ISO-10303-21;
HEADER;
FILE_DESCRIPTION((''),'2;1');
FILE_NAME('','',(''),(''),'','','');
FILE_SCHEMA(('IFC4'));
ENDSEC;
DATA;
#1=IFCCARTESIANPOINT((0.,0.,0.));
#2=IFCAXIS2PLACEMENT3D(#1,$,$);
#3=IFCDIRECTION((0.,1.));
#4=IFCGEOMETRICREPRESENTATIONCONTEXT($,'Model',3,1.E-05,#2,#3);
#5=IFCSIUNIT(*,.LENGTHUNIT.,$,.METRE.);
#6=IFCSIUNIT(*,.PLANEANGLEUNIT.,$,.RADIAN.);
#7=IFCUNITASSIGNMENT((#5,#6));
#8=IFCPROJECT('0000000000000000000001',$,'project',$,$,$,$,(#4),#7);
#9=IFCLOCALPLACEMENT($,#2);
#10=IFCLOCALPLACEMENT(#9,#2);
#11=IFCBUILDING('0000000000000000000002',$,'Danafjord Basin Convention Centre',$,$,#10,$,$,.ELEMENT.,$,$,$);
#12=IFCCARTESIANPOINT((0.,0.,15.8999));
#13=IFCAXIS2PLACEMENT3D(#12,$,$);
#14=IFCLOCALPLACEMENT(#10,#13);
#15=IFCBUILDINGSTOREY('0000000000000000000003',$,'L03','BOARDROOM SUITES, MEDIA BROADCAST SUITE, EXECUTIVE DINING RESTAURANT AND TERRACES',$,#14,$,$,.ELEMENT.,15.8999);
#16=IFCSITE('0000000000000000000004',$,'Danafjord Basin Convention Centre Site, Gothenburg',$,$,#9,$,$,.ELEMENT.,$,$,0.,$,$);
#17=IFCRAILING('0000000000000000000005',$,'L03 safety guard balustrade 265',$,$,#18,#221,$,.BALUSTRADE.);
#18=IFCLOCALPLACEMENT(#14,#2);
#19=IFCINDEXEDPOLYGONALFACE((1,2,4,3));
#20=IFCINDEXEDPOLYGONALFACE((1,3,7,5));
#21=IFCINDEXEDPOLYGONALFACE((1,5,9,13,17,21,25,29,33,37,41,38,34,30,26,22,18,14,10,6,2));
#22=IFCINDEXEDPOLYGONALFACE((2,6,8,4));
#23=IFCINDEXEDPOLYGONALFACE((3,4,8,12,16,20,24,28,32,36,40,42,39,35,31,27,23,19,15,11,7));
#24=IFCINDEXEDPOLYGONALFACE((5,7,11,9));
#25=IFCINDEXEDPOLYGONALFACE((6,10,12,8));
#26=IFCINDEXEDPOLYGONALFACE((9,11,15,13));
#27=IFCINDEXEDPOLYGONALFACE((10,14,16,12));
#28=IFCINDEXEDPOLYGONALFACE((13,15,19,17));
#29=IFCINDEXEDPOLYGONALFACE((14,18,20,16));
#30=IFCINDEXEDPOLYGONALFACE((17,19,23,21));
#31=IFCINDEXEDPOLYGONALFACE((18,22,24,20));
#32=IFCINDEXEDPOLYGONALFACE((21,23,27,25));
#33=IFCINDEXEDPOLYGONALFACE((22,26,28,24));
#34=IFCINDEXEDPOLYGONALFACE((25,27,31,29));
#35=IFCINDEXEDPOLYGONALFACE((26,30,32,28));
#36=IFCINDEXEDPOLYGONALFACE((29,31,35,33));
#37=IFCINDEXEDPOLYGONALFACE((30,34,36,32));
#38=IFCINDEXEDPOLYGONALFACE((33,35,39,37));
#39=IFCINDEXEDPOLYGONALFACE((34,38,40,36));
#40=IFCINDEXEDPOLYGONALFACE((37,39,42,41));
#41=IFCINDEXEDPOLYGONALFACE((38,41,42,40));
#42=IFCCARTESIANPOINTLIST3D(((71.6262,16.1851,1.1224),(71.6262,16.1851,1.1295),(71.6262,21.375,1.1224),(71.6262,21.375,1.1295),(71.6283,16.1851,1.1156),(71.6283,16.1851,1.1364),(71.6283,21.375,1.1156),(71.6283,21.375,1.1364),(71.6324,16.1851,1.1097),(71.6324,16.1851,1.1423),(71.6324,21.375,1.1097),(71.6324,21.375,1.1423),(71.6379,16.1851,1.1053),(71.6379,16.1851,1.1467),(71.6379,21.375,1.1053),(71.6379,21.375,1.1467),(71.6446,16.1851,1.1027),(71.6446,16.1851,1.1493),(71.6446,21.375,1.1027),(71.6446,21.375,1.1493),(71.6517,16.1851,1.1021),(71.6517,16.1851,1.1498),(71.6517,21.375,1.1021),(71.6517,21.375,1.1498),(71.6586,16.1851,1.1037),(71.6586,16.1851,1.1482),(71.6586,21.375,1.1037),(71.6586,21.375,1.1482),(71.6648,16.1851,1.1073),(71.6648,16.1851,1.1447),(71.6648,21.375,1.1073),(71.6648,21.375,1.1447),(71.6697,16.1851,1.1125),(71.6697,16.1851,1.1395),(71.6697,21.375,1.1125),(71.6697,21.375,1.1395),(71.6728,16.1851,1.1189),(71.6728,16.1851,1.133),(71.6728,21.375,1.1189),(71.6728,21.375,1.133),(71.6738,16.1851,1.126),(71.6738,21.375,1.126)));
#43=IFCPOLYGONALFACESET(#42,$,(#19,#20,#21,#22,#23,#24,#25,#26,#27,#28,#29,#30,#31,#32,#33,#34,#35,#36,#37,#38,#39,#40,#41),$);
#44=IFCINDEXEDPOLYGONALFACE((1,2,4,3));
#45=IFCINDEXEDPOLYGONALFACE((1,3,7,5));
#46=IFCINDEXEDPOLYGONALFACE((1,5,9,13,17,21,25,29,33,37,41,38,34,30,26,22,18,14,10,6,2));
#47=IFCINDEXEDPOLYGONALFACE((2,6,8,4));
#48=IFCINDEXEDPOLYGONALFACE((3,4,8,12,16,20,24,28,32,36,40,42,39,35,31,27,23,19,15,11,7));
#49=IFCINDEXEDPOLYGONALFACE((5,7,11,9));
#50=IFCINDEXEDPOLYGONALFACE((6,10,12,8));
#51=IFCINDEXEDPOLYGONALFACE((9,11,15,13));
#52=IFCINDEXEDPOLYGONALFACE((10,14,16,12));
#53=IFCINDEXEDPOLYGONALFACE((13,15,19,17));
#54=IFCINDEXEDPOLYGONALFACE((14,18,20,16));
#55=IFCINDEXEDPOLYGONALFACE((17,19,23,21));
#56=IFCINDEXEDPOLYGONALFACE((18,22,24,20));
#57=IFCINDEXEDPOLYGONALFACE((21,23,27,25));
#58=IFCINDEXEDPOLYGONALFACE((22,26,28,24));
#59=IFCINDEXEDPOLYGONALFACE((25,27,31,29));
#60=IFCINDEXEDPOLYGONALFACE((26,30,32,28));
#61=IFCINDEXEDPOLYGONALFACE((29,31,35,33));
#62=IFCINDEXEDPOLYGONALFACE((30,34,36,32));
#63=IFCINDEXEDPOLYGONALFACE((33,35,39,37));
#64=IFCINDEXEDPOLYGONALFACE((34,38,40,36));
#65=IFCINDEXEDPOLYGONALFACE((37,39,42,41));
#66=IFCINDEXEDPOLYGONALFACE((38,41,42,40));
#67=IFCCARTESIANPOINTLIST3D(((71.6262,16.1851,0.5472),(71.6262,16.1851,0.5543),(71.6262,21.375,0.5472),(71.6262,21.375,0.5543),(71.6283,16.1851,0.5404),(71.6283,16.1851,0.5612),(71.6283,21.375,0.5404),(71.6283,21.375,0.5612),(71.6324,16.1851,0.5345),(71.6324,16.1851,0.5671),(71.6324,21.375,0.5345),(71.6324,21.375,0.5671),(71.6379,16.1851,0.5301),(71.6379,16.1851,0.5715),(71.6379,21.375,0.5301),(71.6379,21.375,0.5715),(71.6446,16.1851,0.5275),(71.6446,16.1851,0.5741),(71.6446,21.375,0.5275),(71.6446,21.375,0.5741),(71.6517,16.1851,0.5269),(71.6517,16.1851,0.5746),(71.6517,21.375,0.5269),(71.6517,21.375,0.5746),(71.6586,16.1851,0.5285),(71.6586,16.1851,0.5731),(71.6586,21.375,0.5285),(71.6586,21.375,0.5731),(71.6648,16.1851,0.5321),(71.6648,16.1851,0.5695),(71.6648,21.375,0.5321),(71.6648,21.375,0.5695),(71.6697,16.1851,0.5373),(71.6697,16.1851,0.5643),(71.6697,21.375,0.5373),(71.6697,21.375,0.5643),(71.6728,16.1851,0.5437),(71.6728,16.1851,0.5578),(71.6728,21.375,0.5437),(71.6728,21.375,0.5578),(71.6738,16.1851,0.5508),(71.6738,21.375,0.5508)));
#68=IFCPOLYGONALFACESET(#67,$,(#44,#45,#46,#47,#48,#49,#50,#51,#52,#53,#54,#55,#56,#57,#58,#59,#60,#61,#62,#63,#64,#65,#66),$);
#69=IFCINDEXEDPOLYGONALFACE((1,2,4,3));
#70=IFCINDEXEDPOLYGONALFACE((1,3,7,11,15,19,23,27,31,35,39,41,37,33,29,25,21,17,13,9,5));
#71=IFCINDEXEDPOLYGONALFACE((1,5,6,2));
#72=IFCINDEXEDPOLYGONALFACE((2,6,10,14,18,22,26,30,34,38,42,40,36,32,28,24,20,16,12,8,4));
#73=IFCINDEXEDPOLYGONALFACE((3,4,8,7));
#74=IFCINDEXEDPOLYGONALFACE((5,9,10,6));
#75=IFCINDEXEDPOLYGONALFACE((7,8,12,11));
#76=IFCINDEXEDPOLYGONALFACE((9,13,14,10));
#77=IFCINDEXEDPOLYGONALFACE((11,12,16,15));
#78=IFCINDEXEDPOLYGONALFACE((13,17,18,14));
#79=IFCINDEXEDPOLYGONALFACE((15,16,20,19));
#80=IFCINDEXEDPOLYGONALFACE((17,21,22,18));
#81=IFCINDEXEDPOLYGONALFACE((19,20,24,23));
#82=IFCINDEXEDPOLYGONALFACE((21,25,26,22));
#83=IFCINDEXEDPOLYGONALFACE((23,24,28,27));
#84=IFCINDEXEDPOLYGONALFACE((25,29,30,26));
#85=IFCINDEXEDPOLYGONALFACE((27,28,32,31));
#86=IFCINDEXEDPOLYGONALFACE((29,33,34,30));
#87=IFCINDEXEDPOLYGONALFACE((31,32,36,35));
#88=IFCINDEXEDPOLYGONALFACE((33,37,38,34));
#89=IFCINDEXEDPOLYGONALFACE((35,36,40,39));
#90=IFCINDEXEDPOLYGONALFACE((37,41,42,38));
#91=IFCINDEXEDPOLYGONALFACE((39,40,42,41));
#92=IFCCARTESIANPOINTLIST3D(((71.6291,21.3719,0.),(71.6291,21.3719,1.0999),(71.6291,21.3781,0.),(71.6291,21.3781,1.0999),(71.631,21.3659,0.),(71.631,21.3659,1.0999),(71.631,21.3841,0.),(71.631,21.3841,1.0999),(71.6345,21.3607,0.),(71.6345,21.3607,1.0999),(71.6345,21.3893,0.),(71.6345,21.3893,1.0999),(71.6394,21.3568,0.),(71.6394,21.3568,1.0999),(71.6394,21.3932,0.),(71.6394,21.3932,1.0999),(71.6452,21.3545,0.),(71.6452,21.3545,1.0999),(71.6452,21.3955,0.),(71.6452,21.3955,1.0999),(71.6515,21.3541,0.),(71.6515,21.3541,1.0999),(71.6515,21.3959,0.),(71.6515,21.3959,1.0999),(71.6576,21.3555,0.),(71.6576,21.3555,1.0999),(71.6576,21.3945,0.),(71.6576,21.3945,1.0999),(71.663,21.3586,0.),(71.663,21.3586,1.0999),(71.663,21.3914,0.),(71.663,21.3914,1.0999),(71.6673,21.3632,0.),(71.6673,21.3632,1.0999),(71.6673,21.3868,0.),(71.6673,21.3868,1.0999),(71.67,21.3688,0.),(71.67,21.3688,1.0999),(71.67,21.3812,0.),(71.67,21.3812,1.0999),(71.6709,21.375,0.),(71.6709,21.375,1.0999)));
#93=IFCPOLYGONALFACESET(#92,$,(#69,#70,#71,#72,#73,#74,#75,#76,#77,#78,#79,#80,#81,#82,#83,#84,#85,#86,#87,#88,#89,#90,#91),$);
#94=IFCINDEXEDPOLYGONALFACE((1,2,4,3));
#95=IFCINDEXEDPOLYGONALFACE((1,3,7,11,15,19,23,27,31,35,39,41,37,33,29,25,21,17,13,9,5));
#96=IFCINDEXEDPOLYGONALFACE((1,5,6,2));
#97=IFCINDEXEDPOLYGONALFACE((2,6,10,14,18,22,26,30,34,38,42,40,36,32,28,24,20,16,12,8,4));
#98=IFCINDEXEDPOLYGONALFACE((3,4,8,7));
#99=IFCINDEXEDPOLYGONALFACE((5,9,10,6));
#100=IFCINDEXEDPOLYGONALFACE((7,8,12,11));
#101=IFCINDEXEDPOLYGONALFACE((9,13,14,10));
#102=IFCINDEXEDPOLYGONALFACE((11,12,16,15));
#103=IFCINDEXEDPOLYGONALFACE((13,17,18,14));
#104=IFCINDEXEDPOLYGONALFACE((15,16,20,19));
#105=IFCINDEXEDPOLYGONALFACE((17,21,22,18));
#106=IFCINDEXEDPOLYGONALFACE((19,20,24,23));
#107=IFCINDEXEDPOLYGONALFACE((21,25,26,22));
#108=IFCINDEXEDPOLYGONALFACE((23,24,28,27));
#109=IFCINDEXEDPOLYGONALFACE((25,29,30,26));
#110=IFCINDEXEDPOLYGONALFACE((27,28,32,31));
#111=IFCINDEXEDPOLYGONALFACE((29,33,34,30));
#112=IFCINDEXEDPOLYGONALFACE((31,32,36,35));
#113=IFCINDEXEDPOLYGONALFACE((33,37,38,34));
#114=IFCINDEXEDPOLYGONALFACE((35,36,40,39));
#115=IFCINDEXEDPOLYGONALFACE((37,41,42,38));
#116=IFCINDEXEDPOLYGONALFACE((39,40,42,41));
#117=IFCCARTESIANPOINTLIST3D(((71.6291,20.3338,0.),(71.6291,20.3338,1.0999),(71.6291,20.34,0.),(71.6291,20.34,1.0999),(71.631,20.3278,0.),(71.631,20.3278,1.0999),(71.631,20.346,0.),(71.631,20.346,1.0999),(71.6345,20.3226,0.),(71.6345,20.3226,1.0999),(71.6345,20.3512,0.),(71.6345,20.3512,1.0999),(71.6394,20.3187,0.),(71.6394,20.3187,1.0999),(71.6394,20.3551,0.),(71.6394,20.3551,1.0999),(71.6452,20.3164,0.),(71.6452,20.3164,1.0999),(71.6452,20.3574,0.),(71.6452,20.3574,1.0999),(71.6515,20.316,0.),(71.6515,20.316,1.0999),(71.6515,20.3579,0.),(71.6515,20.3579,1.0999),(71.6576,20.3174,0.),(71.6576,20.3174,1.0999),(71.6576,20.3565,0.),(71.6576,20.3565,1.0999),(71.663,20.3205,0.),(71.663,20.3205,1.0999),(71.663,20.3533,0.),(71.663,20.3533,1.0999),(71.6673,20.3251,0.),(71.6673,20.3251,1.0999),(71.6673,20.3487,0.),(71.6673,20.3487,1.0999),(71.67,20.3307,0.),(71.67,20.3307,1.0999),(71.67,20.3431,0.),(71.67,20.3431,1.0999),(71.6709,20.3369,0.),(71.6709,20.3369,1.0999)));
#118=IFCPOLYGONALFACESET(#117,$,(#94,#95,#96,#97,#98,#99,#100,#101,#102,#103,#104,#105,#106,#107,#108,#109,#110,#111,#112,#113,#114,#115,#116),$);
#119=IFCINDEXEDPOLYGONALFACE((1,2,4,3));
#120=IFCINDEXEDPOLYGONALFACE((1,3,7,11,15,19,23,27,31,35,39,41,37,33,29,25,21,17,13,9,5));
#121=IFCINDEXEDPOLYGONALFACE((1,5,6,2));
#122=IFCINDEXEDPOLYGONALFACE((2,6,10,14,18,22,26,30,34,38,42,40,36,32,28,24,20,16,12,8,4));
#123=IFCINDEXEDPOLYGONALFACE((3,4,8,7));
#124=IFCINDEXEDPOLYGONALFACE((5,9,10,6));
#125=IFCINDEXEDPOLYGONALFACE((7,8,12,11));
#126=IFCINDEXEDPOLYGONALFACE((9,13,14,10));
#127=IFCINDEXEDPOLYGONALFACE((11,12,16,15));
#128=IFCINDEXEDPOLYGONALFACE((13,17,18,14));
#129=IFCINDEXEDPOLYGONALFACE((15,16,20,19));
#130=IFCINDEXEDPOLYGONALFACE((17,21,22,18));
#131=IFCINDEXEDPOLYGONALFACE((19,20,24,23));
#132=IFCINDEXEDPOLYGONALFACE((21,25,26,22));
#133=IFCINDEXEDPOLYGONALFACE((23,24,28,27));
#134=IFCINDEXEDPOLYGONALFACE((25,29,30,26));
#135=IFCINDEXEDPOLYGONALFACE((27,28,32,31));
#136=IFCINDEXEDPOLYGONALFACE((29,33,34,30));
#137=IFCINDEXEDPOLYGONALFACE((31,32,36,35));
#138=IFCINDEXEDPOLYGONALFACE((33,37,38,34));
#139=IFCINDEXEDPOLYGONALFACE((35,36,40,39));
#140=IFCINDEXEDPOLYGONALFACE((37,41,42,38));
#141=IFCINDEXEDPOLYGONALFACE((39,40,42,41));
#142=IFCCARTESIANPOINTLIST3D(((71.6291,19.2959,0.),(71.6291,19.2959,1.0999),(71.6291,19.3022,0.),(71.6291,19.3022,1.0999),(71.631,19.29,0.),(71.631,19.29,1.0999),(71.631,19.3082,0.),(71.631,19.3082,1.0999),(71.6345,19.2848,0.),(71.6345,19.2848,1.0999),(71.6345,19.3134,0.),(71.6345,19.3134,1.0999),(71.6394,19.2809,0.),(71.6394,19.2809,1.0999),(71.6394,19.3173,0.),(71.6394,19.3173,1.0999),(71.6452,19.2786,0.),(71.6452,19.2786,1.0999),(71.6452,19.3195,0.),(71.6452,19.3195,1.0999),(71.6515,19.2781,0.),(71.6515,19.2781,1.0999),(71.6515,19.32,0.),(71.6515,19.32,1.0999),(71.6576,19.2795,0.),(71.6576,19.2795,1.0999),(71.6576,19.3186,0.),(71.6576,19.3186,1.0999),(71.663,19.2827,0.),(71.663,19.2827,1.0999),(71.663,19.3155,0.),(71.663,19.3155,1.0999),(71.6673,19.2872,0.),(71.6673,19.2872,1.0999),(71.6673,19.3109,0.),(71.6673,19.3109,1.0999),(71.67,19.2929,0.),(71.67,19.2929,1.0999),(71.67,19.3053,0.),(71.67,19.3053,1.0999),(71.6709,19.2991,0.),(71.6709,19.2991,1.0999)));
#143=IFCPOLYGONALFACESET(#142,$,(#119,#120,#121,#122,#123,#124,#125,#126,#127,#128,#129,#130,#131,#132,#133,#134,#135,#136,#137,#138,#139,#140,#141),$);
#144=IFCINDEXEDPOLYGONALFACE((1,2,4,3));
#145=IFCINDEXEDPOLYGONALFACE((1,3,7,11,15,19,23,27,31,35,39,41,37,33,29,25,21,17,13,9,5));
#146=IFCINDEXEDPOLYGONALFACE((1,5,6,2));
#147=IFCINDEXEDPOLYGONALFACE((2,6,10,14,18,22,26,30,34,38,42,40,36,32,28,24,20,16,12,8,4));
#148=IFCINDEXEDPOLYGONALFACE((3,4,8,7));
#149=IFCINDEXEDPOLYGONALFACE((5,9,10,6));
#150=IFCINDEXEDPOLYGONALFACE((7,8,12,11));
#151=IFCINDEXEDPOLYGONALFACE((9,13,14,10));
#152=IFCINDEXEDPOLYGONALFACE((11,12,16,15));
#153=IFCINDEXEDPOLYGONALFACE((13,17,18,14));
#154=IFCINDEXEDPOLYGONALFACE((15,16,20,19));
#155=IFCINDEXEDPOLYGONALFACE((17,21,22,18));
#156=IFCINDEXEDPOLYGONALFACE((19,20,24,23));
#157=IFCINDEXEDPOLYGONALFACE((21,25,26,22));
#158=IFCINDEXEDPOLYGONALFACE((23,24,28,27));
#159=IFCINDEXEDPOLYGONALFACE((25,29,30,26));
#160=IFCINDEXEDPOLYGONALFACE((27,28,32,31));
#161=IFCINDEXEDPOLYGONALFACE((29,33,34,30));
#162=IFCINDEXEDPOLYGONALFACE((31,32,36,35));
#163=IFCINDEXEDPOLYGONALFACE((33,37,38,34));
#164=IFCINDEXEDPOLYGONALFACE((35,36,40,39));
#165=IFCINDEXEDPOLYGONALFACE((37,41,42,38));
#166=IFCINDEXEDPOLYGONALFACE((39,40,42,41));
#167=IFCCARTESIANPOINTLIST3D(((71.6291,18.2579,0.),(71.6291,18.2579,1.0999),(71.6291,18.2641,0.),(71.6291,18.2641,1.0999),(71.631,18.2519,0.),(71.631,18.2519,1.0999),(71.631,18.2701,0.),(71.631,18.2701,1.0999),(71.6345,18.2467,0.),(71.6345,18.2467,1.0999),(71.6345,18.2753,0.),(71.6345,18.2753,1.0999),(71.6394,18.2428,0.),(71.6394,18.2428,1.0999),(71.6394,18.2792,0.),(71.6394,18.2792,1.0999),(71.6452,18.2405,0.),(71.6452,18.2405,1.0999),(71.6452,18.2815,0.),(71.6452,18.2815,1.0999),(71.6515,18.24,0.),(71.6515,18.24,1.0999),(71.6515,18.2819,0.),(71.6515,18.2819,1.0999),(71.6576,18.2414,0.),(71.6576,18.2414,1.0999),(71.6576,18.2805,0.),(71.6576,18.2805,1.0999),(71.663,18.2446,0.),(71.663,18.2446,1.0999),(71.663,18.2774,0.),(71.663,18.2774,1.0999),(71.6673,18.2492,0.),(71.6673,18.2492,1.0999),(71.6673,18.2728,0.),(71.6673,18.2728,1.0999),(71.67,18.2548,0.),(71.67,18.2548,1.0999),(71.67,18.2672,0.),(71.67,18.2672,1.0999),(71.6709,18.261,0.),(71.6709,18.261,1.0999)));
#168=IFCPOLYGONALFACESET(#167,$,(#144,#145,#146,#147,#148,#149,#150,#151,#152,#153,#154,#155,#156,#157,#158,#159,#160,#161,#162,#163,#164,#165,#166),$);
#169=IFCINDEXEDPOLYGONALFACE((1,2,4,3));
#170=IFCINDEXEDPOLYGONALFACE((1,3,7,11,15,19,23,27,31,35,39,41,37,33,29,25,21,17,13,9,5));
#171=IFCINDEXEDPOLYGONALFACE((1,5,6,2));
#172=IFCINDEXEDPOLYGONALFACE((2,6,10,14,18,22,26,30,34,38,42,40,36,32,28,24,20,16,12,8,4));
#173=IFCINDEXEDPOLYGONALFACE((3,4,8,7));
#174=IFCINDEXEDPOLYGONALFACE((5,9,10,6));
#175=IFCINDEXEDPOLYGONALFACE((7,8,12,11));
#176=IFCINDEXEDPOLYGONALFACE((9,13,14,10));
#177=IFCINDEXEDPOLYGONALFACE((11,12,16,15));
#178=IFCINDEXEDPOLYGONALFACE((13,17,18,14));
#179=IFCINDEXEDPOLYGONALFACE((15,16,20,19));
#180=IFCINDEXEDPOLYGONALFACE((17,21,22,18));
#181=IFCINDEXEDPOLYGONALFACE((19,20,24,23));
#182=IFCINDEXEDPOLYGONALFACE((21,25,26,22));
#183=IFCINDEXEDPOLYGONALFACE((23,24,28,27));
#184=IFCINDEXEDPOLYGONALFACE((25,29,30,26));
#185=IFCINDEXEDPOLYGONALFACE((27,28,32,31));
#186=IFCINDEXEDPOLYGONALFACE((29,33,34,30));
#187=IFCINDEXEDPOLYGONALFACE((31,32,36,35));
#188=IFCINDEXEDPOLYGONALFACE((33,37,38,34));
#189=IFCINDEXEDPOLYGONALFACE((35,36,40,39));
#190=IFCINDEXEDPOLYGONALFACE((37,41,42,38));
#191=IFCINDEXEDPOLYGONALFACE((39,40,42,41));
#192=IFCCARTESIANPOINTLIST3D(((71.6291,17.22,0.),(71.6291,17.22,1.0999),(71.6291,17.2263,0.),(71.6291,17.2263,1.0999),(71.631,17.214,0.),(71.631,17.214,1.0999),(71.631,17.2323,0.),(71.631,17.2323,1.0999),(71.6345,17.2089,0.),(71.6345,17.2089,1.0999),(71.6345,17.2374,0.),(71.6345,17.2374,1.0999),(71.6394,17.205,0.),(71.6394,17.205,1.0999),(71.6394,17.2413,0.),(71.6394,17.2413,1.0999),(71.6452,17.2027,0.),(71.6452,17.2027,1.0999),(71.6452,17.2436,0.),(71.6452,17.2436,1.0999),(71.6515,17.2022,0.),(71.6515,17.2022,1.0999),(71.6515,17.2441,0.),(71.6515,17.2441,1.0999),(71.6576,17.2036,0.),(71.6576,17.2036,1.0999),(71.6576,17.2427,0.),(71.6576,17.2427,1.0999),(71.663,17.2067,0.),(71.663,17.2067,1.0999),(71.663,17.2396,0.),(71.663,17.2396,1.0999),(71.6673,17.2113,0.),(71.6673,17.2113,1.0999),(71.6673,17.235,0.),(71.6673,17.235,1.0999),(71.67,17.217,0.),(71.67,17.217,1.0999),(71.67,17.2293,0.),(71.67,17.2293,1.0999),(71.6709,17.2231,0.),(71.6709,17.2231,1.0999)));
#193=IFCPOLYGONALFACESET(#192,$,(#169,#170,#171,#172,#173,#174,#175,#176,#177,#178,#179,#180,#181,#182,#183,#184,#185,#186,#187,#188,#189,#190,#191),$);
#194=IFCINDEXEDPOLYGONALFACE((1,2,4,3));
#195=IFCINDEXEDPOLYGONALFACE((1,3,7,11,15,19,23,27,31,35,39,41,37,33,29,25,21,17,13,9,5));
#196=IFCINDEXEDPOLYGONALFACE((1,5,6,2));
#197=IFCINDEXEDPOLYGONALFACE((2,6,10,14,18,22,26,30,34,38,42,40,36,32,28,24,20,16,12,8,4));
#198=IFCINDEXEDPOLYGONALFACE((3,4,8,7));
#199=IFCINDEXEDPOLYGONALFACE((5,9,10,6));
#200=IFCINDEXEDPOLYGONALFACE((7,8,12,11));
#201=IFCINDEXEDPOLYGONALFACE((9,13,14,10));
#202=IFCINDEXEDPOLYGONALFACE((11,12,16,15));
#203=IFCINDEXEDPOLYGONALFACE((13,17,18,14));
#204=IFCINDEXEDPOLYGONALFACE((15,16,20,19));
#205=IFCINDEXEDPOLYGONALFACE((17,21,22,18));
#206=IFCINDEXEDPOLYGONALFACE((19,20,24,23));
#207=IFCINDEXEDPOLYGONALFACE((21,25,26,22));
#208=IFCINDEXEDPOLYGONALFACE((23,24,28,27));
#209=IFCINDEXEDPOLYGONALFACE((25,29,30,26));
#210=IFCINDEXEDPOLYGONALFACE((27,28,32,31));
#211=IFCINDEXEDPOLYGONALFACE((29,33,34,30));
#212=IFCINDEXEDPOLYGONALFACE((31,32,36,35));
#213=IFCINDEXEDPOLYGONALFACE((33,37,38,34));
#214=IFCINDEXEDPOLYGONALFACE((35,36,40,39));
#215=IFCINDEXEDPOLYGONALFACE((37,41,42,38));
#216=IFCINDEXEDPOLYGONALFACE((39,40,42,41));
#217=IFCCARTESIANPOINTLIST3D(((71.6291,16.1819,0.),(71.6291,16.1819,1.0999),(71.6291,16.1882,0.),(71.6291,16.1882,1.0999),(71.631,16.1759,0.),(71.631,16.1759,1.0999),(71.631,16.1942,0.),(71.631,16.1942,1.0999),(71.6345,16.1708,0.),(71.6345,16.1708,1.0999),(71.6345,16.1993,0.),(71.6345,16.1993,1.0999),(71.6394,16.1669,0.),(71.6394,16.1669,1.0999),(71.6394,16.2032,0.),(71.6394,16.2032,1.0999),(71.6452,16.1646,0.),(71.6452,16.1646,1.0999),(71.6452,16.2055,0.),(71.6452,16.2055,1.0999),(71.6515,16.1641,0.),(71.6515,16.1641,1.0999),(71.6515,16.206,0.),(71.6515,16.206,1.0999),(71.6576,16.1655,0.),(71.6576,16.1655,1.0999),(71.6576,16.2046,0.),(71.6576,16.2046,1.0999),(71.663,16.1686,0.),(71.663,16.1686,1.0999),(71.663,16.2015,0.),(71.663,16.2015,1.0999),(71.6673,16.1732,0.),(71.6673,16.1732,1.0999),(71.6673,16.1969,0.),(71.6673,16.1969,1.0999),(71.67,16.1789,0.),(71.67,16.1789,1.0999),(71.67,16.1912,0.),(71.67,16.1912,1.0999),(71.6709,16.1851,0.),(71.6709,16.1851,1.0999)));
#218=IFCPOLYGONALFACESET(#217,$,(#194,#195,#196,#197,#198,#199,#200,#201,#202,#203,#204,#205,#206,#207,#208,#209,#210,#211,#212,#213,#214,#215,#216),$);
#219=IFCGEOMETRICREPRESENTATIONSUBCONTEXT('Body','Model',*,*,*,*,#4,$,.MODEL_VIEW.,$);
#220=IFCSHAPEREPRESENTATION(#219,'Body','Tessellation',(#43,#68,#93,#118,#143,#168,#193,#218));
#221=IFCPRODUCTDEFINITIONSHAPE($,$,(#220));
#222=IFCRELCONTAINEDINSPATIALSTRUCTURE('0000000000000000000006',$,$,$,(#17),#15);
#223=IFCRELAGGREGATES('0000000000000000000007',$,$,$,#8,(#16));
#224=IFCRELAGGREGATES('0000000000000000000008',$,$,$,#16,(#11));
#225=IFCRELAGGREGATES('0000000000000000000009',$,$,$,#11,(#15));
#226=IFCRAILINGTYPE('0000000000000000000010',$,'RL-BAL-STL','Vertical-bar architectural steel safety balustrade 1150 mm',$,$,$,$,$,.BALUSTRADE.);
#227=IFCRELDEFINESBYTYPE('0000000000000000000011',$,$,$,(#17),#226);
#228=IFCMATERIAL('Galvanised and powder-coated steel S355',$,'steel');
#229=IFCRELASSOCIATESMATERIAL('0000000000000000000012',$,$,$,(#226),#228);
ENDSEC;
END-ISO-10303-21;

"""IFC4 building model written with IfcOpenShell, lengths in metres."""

from ifc_helpers import new_model, si_unit, direction, frame, origin, origin_2d, place, context, subcontext, project, spatial, circle, extrude, material, type_object, element, save


model = new_model("IFC4")

# Units and contexts
model_context = context("Model", 3, precision=1e-05, world=origin(), true_north=direction((0.0, 1.0)))
body_context = subcontext(model_context, "Body", "Model", "MODEL_VIEW")
ifc_project = project(units=[si_unit("LENGTHUNIT", "METRE"), si_unit("PLANEANGLEUNIT", "RADIAN")], contexts=[model_context])

# Site, building, storey
site_placement = place(None, origin())
site = spatial("IfcSite", under=ifc_project, at=site_placement, Name="Danafjord Basin Convention Centre Site, Gothenburg", CompositionType="ELEMENT", RefElevation=0.0)
building_placement = place(site_placement, origin())
building = spatial("IfcBuilding", under=site, at=building_placement, Name="Danafjord Basin Convention Centre", CompositionType="ELEMENT")
storey_placement = place(building_placement, frame((0.0, 0.0, 15.8999)))
storey = spatial("IfcBuildingStorey", under=building, at=storey_placement, Name="L03", Description="BOARDROOM SUITES, MEDIA BROADCAST SUITE, EXECUTIVE DINING RESTAURANT AND TERRACES", CompositionType="ELEMENT", Elevation=15.8999)

# Railing
ifc_material_1 = material(Name="Galvanised and powder-coated steel S355", Category="steel")
railing_type_1 = type_object("IfcRailingType", Name="RL-BAL-STL", Description="Vertical-bar architectural steel safety balustrade 1150 mm", PredefinedType="BALUSTRADE", material=ifc_material_1)
railing_1_placement = place(storey_placement, frame((71.6499, 21.375, 0.0)))
element("IfcRailing", 1, at=railing_1_placement, inside=storey, type_object=railing_type_1, Name="L03 safety guard balustrade 265", PredefinedType="BALUSTRADE", context=body_context, shape_type="SweptSolid", body=[
    extrude(circle(Radius=0.0239, at=origin_2d()), frame((0.0, 0.0, 1.126), z_axis=(0.0, -1.0, 0.0), x_axis=(1.0, 0.0, 0.0)), (0.0, 0.0, 1.0), 5.1899),
    extrude(circle(Radius=0.0239, at=origin_2d()), frame((0.0, 0.0, 0.5508), z_axis=(0.0, -1.0, 0.0), x_axis=(1.0, 0.0, 0.0)), (0.0, 0.0, 1.0), 5.1899),
    extrude(circle(Radius=0.021, at=origin_2d()), origin(), (0.0, 0.0, 1.0), 1.0999),
    extrude(circle(Radius=0.021, at=origin_2d()), frame((0.0, -1.0381, 0.0)), (0.0, 0.0, 1.0), 1.0999),
    extrude(circle(Radius=0.021, at=origin_2d()), frame((0.0, -2.0759, 0.0)), (0.0, 0.0, 1.0), 1.0999),
    extrude(circle(Radius=0.021, at=origin_2d()), frame((0.0, -3.114, 0.0)), (0.0, 0.0, 1.0), 1.0999),
    extrude(circle(Radius=0.021, at=origin_2d()), frame((0.0, -4.1519, 0.0)), (0.0, 0.0, 1.0), 1.0999),
    extrude(circle(Radius=0.021, at=origin_2d()), frame((0.0, -5.1899, 0.0)), (0.0, 0.0, 1.0), 1.0999),
])

save(model, "model.ifc")
